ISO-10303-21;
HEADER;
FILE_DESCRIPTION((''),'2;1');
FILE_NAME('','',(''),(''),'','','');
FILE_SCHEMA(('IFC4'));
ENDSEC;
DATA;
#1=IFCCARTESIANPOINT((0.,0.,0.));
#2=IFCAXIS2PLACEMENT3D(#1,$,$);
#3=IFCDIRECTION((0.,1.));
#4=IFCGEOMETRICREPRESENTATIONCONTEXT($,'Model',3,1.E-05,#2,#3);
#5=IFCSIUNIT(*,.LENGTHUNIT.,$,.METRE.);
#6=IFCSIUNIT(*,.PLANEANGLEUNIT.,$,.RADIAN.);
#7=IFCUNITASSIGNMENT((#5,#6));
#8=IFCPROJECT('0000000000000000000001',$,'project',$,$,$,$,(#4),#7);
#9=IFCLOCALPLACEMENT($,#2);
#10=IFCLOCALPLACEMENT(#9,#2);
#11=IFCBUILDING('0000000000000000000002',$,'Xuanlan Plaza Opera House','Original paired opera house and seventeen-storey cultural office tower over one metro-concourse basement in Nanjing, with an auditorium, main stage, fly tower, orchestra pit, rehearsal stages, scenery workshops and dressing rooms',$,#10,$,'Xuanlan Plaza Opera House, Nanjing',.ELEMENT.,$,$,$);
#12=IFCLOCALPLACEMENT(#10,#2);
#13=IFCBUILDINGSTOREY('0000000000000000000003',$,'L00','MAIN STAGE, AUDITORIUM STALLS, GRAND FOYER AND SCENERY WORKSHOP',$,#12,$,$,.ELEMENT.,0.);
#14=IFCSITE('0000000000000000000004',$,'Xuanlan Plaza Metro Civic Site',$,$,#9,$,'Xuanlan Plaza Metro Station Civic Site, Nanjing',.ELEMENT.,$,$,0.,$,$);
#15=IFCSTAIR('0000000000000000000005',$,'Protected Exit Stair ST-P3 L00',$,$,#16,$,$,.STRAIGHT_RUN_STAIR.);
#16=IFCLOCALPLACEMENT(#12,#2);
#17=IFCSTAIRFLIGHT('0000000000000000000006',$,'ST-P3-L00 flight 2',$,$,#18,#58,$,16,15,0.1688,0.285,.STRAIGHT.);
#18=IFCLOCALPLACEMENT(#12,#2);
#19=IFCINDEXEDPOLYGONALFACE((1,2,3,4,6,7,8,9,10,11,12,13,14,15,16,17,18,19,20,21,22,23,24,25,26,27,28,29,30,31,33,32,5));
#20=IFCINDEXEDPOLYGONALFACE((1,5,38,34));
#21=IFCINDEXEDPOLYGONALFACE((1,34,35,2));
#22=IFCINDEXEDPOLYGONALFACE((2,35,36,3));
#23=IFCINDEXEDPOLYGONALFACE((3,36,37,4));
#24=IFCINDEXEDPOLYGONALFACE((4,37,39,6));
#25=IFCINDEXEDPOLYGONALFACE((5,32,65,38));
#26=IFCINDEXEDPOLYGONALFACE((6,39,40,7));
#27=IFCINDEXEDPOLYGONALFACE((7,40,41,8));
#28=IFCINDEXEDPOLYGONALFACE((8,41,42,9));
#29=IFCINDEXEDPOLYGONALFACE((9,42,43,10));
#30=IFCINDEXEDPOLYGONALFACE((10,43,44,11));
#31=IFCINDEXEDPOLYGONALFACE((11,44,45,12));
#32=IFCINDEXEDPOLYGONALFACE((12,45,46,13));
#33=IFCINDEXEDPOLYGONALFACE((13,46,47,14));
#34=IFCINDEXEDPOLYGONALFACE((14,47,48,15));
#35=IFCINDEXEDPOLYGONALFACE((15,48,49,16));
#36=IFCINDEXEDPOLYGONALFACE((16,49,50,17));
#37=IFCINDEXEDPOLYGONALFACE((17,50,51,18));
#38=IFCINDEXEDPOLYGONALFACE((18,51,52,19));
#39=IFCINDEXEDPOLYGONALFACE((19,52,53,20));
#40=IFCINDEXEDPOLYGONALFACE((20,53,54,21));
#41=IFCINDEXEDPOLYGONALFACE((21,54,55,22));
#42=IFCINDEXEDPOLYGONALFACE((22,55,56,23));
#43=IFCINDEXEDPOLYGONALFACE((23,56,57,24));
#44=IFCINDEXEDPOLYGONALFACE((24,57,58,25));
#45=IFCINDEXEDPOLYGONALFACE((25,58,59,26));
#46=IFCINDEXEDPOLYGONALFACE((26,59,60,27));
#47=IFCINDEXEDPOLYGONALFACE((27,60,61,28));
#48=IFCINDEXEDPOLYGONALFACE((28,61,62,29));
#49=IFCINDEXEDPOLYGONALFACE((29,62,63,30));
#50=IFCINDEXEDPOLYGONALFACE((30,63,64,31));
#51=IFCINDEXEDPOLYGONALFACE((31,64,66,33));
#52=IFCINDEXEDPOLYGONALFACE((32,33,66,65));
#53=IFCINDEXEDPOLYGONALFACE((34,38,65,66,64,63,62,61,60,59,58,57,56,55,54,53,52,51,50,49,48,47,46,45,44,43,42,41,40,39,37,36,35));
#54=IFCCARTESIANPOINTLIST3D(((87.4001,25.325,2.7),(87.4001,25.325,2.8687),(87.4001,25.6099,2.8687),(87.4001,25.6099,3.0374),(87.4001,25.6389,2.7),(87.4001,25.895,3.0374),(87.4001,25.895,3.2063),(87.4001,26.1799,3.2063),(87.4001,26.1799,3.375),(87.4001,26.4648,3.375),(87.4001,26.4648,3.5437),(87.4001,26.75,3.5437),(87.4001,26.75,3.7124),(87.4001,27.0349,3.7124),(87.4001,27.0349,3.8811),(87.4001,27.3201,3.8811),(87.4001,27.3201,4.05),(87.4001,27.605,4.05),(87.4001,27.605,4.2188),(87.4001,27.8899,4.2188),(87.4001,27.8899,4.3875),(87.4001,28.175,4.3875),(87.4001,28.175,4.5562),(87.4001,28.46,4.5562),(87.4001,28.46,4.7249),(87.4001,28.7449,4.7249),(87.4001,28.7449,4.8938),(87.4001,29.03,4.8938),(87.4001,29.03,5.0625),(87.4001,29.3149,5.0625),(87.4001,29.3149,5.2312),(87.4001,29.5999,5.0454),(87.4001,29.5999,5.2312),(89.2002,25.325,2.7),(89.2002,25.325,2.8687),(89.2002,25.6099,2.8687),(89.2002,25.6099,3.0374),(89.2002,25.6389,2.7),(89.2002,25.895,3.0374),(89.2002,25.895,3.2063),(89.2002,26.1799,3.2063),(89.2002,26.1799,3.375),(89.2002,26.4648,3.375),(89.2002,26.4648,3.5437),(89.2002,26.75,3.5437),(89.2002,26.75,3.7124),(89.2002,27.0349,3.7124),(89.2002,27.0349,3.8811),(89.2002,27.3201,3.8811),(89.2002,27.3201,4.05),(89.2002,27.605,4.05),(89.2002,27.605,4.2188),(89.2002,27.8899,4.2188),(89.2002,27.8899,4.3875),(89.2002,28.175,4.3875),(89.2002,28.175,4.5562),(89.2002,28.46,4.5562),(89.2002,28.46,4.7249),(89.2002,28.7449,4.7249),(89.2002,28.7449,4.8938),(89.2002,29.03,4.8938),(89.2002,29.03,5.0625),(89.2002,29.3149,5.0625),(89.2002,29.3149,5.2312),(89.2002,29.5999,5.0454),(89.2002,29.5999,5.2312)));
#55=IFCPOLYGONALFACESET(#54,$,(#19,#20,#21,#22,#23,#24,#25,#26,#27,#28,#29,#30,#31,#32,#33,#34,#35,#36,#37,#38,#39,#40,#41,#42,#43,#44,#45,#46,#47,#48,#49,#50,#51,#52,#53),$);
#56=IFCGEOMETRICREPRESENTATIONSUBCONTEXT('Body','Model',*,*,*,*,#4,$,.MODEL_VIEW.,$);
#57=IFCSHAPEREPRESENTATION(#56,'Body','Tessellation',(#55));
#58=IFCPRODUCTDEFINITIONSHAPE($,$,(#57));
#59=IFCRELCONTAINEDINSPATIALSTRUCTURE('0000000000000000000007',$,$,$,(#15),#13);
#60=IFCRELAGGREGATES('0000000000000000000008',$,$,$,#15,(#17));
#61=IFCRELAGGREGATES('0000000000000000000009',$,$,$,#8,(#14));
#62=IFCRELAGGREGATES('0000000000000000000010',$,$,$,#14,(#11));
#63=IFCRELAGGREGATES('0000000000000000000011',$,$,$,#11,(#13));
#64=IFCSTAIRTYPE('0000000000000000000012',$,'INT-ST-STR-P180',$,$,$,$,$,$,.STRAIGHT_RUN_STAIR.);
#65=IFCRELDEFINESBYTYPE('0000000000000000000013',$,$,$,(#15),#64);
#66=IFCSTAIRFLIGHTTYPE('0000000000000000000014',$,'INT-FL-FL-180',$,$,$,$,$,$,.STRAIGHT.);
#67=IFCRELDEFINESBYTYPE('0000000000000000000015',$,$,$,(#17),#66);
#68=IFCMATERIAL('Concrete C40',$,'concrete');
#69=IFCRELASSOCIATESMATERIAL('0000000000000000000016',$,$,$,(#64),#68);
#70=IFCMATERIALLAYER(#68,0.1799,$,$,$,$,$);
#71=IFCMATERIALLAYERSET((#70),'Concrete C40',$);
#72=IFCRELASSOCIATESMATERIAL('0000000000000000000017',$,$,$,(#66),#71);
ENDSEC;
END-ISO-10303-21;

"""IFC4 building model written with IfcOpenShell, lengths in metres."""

from ifc_helpers import new_model, si_unit, direction, frame, origin, place, context, subcontext, project, spatial, polyline, outline, extrude, material, layer, layer_set, type_object, element, aggregate, save


model = new_model("IFC4")

# Units and contexts
model_context = context("Model", 3, precision=1e-05, world=origin(), true_north=direction((0.0, 1.0)))
body_context = subcontext(model_context, "Body", "Model", "MODEL_VIEW")
ifc_project = project(units=[si_unit("LENGTHUNIT", "METRE"), si_unit("PLANEANGLEUNIT", "RADIAN")], contexts=[model_context])

# Site, building, storey
site_placement = place(None, origin())
site = spatial("IfcSite", under=ifc_project, at=site_placement, Name="Xuanlan Plaza Metro Civic Site", LongName="Xuanlan Plaza Metro Station Civic Site, Nanjing", CompositionType="ELEMENT", RefElevation=0.0)
building_placement = place(site_placement, origin())
building = spatial("IfcBuilding", under=site, at=building_placement, Name="Xuanlan Plaza Opera House", Description="Original paired opera house and seventeen-storey cultural office tower over one metro-concourse basement in Nanjing, with an auditorium, main stage, fly tower, orchestra pit, rehearsal stages, scenery workshops and dressing rooms", LongName="Xuanlan Plaza Opera House, Nanjing", CompositionType="ELEMENT")
storey_placement = place(building_placement, origin())
storey = spatial("IfcBuildingStorey", under=building, at=storey_placement, Name="L00", Description="MAIN STAGE, AUDITORIUM STALLS, GRAND FOYER AND SCENERY WORKSHOP", CompositionType="ELEMENT", Elevation=0.0)

# Shared definitions
ifc_material_1 = material(Name="Concrete C40", Category="concrete")

# Stair, stair flight
stair_type = type_object("IfcStairType", Name="INT-ST-STR-P180", PredefinedType="STRAIGHT_RUN_STAIR", material=ifc_material_1)
stair_placement = place(storey_placement, origin())
stair = element("IfcStair", 1, at=stair_placement, inside=storey, type_object=stair_type, Name="Protected Exit Stair ST-P3 L00", PredefinedType="STRAIGHT_RUN_STAIR")
ifc_layer_1 = layer(ifc_material_1, 0.1799)
ifc_layer_set_1 = layer_set([ifc_layer_1], Name="Concrete C40")
stair_flight_type = type_object("IfcStairFlightType", Name="INT-FL-FL-180", PredefinedType="STRAIGHT", material=ifc_layer_set_1)
stair_flight_placement = place(storey_placement, frame((88.3, 25.325, 2.7), z_axis=(0.0, 0.0, 1.0), x_axis=(0.0, 1.0, 0.0)))
stair_flight = element("IfcStairFlight", 2, at=stair_flight_placement, type_object=stair_flight_type, Name="ST-P3-L00 flight 2", NumberOfRisers=16, NumberOfTreads=15, PredefinedType="STRAIGHT", RiserHeight=0.1688, TreadLength=0.285, context=body_context, shape_type="SweptSolid", body=[
    extrude(outline(polyline([(0.0, 0.0), (0.0, 0.1687), (0.2849, 0.1687), (0.2849, 0.3374), (0.5701, 0.3374), (0.5701, 0.5063), (0.855, 0.5063), (0.855, 0.675), (1.1399, 0.675), (1.1399, 0.8438), (1.425, 0.8438), (1.425, 1.0125), (1.71, 1.0125), (1.71, 1.1812), (1.9951, 1.1812), (1.9951, 1.3501), (2.28, 1.3501), (2.28, 1.5188), (2.5649, 1.5188), (2.5649, 1.6875), (2.8501, 1.6875), (2.8501, 1.8562), (3.135, 1.8562), (3.135, 2.0249), (3.4199, 2.0249), (3.4199, 2.1938), (3.7051, 2.1938), (3.7051, 2.3625), (3.99, 2.3625), (3.99, 2.5312), (4.2749, 2.5312), (4.2749, 2.7), (4.2749, 2.3455), (0.314, 0.0), (0.0, 0.0)])), frame((0.0, 0.8999, 0.0), z_axis=(0.0, -1.0, 0.0), x_axis=(1.0, 0.0, 0.0)), (0.0, 0.0, 1.0), 1.8),
])
aggregate(stair, [stair_flight])

save(model, "model.ifc")
